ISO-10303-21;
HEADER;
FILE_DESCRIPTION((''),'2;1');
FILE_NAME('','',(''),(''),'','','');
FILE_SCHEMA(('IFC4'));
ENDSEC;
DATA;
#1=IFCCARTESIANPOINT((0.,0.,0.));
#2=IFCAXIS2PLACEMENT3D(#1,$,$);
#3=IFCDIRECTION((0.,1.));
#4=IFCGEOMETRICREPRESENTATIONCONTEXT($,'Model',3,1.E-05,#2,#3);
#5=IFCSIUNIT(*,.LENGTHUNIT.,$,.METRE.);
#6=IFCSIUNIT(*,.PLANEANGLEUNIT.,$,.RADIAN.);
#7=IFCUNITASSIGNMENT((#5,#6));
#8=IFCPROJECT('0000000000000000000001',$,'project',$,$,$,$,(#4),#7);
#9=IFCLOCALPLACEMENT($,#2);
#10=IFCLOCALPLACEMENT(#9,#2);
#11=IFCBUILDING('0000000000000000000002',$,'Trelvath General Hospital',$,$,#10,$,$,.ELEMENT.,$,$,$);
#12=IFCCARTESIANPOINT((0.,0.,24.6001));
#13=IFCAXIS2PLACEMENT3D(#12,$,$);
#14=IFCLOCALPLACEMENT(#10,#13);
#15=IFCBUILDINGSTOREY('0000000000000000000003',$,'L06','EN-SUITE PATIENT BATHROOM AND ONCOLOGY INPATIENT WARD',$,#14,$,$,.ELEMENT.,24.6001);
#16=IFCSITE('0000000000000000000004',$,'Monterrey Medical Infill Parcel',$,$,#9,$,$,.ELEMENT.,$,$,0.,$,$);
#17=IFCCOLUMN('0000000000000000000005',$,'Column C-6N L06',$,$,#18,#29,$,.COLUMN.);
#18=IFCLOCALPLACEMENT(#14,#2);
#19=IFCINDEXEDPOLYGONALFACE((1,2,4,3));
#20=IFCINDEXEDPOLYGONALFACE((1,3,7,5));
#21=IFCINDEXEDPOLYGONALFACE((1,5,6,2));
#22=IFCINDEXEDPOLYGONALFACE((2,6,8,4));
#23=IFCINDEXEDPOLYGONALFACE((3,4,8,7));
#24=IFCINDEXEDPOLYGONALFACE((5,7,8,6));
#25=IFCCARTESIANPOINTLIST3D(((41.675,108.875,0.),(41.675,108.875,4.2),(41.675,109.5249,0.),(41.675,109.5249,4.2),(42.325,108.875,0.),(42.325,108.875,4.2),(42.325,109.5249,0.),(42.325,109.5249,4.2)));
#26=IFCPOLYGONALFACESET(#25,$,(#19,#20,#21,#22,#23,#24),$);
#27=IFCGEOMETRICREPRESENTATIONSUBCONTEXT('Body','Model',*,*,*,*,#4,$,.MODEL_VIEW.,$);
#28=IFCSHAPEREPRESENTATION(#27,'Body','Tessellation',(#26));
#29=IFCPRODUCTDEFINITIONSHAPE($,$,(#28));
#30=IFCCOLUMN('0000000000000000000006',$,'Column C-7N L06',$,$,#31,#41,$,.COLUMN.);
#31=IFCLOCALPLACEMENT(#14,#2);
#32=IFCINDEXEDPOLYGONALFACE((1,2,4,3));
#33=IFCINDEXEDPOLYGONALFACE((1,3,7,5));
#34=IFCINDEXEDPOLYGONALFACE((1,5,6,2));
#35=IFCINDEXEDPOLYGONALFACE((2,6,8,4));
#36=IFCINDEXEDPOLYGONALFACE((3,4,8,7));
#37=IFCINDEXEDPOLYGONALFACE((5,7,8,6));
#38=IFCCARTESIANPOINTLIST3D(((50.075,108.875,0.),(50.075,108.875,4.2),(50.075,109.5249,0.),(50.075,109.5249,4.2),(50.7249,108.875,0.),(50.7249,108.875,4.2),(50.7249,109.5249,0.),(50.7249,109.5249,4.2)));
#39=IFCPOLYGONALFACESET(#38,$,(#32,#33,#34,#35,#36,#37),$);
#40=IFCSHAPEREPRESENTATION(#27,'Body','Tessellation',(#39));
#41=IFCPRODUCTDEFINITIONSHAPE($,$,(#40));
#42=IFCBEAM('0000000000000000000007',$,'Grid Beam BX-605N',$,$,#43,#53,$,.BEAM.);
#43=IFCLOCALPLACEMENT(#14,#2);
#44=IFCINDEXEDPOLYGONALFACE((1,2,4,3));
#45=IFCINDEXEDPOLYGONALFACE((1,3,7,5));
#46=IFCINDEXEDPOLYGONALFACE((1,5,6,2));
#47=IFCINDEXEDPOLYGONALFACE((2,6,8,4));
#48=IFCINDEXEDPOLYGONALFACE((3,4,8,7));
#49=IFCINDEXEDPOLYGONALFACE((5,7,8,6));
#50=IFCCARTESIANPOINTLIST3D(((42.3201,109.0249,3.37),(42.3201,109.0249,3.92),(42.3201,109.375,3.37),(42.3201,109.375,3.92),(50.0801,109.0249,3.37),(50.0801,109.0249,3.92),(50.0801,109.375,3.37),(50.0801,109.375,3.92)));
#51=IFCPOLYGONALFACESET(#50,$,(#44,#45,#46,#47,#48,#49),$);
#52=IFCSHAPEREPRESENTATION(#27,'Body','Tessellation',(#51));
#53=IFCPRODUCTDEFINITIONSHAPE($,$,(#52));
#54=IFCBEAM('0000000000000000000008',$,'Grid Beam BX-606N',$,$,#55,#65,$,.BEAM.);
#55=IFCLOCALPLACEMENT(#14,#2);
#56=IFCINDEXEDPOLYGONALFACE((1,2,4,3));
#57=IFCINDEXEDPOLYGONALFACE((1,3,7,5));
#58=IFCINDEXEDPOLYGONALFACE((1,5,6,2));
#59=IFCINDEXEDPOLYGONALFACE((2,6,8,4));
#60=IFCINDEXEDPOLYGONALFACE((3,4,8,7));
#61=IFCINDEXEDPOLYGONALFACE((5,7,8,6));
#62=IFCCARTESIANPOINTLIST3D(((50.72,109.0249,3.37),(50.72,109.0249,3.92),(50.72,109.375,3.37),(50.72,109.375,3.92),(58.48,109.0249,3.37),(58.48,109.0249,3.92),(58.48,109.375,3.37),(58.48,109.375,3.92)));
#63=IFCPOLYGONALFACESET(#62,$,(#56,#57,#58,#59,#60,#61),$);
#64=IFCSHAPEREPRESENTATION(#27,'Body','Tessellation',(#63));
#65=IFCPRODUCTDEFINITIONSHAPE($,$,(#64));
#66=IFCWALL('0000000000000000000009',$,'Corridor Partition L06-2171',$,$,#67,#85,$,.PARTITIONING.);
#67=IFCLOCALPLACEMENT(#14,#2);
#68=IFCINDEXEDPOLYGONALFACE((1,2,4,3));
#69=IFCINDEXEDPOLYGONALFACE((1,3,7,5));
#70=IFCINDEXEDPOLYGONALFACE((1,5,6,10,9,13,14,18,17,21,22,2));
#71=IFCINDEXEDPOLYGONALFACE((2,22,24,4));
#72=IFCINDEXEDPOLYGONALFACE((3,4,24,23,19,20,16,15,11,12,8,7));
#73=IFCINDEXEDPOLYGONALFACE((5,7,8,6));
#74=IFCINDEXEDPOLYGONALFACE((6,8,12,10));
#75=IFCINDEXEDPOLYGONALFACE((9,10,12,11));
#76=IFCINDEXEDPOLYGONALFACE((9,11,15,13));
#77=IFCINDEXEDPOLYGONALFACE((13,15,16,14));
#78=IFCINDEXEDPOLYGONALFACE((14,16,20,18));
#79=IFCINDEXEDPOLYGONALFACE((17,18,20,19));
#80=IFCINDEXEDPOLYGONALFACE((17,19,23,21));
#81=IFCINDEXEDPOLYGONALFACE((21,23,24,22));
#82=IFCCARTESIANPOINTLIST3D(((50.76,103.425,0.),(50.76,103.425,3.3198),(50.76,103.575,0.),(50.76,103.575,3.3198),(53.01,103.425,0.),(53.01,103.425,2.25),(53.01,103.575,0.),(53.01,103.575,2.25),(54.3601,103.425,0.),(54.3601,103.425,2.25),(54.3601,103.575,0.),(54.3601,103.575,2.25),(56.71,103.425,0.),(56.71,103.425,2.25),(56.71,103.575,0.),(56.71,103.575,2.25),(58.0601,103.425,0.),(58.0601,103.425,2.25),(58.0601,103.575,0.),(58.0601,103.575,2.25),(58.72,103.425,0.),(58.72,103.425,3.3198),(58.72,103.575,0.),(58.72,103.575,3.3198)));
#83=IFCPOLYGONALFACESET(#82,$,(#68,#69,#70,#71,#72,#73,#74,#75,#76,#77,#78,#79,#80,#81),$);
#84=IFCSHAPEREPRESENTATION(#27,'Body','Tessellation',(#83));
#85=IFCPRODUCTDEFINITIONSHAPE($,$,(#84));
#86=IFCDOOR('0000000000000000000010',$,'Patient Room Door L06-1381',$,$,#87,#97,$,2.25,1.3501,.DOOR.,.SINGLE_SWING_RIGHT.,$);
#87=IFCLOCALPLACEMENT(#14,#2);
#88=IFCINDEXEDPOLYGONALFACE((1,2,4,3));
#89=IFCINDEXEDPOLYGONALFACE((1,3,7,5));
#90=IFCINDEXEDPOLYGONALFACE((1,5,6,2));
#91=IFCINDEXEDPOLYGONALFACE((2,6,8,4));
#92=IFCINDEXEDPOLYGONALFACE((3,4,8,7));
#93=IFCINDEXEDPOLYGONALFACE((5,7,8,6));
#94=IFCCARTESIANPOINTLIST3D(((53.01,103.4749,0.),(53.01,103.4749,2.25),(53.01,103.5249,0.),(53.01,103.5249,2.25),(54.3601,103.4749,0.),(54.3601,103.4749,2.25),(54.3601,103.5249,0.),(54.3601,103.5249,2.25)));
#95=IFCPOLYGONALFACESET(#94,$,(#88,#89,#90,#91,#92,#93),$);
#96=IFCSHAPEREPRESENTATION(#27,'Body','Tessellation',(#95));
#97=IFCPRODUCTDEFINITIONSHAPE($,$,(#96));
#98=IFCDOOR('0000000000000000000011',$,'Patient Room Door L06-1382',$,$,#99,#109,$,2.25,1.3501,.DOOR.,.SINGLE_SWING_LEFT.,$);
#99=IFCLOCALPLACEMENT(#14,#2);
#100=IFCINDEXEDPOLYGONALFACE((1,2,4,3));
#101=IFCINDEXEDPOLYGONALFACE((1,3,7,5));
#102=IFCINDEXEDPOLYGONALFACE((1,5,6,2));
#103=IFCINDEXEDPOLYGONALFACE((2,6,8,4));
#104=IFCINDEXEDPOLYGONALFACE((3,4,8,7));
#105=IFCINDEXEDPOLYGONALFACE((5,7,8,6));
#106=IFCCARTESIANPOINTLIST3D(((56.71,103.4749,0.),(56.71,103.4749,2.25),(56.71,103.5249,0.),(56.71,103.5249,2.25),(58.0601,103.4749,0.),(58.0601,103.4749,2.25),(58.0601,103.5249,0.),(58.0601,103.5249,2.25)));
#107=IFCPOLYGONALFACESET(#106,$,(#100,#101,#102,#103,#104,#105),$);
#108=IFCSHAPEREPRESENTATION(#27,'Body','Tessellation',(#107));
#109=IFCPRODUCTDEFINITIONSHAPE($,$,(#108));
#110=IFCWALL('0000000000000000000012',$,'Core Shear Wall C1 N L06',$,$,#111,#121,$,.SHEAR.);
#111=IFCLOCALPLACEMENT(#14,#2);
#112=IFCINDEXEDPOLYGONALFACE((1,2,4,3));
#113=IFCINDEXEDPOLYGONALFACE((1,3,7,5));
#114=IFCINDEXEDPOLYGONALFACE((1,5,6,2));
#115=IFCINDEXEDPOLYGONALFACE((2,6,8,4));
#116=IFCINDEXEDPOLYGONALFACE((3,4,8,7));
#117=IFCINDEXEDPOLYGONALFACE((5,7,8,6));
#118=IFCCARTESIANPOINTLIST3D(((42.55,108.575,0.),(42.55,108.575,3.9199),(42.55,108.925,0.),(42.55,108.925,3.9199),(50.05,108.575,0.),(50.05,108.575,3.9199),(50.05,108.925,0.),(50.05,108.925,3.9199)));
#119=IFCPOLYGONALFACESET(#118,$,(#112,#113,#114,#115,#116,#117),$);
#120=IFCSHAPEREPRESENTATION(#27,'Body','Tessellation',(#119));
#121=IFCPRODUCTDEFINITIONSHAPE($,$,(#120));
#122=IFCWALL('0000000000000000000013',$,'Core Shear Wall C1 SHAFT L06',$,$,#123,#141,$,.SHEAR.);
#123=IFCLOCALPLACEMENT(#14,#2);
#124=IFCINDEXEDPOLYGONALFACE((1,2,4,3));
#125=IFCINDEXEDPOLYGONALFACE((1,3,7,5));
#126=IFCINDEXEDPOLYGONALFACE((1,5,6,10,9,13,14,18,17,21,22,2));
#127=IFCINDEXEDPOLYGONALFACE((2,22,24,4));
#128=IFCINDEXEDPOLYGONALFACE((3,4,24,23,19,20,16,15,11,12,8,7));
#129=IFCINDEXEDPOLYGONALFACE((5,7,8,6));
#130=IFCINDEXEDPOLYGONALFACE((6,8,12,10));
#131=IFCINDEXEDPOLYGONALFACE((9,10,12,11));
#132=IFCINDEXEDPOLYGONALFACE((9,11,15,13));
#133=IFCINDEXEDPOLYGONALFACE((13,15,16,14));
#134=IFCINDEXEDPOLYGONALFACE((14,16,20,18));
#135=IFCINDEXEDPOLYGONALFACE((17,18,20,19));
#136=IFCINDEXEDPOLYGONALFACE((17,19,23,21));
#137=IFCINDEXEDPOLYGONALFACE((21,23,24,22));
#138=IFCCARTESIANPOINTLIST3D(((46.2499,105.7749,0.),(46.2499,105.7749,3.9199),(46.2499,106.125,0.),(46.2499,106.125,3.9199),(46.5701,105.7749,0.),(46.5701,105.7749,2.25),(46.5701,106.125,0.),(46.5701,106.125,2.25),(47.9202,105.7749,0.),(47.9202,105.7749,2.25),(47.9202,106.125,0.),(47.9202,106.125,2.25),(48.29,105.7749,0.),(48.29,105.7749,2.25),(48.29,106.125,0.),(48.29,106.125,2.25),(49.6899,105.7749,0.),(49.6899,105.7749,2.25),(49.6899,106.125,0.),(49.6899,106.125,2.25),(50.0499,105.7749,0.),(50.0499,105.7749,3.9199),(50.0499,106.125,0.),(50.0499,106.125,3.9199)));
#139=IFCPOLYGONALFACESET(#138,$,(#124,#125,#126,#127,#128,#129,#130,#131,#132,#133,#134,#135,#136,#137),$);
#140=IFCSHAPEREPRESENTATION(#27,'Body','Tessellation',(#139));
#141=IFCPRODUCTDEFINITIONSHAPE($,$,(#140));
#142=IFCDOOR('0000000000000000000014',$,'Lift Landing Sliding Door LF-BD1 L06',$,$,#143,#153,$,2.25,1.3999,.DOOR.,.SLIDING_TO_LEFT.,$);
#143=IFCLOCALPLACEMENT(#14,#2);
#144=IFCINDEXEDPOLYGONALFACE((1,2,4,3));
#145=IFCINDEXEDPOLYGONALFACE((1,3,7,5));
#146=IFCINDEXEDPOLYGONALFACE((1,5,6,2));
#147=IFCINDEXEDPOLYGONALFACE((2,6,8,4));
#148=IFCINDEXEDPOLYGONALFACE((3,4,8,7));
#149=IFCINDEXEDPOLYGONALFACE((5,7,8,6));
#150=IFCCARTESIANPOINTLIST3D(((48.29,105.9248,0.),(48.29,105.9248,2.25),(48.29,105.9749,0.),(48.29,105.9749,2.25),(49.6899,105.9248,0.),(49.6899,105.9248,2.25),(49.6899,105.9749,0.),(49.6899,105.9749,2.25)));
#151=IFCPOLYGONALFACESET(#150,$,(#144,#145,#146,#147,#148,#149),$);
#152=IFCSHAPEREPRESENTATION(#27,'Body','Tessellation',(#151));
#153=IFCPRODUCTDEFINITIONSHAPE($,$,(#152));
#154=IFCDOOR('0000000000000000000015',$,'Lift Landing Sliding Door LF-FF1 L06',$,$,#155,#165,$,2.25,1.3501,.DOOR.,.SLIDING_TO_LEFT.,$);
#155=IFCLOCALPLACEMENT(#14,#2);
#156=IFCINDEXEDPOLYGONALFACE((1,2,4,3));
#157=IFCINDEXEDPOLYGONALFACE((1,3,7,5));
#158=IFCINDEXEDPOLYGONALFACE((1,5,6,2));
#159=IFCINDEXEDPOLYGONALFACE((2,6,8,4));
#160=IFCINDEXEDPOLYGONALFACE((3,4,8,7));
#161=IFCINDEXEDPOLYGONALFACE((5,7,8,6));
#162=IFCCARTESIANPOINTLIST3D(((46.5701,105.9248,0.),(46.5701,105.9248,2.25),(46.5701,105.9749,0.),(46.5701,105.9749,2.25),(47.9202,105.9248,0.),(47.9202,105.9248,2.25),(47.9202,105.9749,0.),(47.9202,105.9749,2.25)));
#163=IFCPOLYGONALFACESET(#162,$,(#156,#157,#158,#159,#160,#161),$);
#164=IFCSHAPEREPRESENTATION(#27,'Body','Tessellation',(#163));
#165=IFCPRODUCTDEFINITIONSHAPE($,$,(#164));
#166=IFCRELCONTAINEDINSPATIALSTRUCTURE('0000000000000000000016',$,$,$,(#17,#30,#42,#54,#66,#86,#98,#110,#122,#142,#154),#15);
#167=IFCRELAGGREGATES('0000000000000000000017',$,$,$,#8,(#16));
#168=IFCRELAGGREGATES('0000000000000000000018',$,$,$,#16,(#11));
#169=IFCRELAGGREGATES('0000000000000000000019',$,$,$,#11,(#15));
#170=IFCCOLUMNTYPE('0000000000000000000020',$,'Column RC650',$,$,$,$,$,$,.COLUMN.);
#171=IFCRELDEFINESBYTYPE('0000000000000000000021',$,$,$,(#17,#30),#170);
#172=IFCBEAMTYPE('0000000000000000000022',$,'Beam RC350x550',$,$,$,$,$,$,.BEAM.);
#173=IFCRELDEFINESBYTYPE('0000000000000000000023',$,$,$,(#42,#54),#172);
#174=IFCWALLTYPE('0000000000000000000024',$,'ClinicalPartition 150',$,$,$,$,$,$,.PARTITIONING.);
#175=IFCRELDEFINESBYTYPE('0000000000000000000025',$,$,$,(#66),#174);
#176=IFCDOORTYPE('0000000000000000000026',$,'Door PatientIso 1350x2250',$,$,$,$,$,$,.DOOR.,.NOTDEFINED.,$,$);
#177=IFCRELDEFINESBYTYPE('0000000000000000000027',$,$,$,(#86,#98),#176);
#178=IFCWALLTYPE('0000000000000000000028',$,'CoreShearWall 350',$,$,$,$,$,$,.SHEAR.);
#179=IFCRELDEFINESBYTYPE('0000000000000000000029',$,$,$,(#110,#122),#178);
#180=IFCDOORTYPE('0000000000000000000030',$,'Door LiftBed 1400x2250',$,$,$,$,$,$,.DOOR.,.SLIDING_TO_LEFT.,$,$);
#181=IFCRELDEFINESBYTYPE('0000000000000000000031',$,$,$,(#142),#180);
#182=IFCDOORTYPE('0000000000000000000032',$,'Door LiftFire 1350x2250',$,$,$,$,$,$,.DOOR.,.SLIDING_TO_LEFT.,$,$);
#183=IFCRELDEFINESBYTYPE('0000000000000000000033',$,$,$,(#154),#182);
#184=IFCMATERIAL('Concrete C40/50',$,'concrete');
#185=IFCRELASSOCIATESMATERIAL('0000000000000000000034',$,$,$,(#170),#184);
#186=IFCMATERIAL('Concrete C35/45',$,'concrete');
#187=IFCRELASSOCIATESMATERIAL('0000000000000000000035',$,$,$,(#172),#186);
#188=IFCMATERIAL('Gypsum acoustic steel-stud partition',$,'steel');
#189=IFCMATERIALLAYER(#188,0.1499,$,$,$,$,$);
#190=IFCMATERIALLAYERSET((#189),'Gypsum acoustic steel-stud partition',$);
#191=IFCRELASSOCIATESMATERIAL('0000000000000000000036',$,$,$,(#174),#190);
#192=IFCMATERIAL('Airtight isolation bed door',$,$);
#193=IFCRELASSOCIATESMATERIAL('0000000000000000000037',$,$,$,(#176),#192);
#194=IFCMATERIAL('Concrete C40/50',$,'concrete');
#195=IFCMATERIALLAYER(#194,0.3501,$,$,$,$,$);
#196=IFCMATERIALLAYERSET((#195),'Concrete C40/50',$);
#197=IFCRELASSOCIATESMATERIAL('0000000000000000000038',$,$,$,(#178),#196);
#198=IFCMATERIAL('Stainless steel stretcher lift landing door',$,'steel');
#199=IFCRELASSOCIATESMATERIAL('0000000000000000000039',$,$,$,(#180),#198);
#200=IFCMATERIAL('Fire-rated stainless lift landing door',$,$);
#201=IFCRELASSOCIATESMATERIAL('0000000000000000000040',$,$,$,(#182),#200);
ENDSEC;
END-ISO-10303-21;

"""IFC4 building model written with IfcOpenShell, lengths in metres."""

from ifc_helpers import new_model, si_unit, direction, frame, frame_2d, origin, origin_2d, place, context, subcontext, project, spatial, rectangle, extrude, material, layer, layer_set, material_profile, profile_set, type_object, element, fill, save


model = new_model("IFC4")

# Units and contexts
model_context = context("Model", 3, precision=1e-05, world=origin(), true_north=direction((0.0, 1.0)))
body_context = subcontext(model_context, "Body", "Model", "MODEL_VIEW")
ifc_project = project(units=[si_unit("LENGTHUNIT", "METRE"), si_unit("PLANEANGLEUNIT", "RADIAN")], contexts=[model_context])

# Site, building, storey
site_placement = place(None, origin())
site = spatial("IfcSite", under=ifc_project, at=site_placement, Name="Monterrey Medical Infill Parcel", CompositionType="ELEMENT", RefElevation=0.0)
building_placement = place(site_placement, origin())
building = spatial("IfcBuilding", under=site, at=building_placement, Name="Trelvath General Hospital", CompositionType="ELEMENT")
storey_placement = place(building_placement, frame((0.0, 0.0, 24.6001)))
storey = spatial("IfcBuildingStorey", under=building, at=storey_placement, Name="L06", Description="EN-SUITE PATIENT BATHROOM AND ONCOLOGY INPATIENT WARD", CompositionType="ELEMENT", Elevation=24.6001)

# Columns
ifc_material_1 = material(Name="Concrete C40/50", Category="concrete")
ifc_material_profile_1 = material_profile(ifc_material_1, rectangle(XDim=0.6499, YDim=0.6499, at=origin_2d()), Name="RC650x650")
ifc_profile_set_1 = profile_set([ifc_material_profile_1], Name="Concrete C40/50")
column_type = type_object("IfcColumnType", Name="Column RC650", PredefinedType="COLUMN", material=ifc_profile_set_1)
for number, where, z_axis, x_axis, name in (
    (1, (42.0, 109.2, 0.0), (0.0, 0.0, 1.0), (1.0, 0.0, 0.0), "Column C-6N L06"),
    (2, (50.3999, 109.2, 0.0), (0.0, 0.0, 1.0), (1.0, 0.0, 0.0), "Column C-7N L06"),
):
    element("IfcColumn", number, at=place(storey_placement, frame(where, z_axis=z_axis, x_axis=x_axis)), inside=storey, type_object=column_type, Name=name, PredefinedType="COLUMN", context=body_context, shape_type="SweptSolid", body=[
        extrude(rectangle(XDim=0.6499, YDim=0.6499, at=origin_2d()), origin(), (0.0, 0.0, 1.0), 4.2),
    ])

# Beams
ifc_material_2 = material(Name="Concrete C35/45", Category="concrete")
ifc_material_profile_2 = material_profile(ifc_material_2, rectangle(XDim=0.3501, YDim=0.55, at=origin_2d()), Name="RCB350x550")
ifc_profile_set_2 = profile_set([ifc_material_profile_2], Name="Concrete C35/45")
beam_type = type_object("IfcBeamType", Name="Beam RC350x550", PredefinedType="BEAM", material=ifc_profile_set_2)
for number, where, z_axis, x_axis, name in (
    (3, (42.3201, 109.2, 3.645), (1.0, 0.0, 0.0), (0.0, 1.0, 0.0), "Grid Beam BX-605N"),
    (4, (50.72, 109.2, 3.645), (1.0, 0.0, 0.0), (0.0, 1.0, 0.0), "Grid Beam BX-606N"),
):
    element("IfcBeam", number, at=place(storey_placement, frame(where, z_axis=z_axis, x_axis=x_axis)), inside=storey, type_object=beam_type, Name=name, PredefinedType="BEAM", context=body_context, shape_type="SweptSolid", body=[
        extrude(rectangle(XDim=0.3501, YDim=0.55, at=origin_2d()), origin(), (0.0, 0.0, 1.0), 7.76),
    ])

# Wall, openings, doors
ifc_material_3 = material(Name="Gypsum acoustic steel-stud partition", Category="steel")
ifc_layer_1 = layer(ifc_material_3, 0.1499)
ifc_layer_set_1 = layer_set([ifc_layer_1], Name="Gypsum acoustic steel-stud partition")
wall_type_1 = type_object("IfcWallType", Name="ClinicalPartition 150", PredefinedType="PARTITIONING", material=ifc_layer_set_1)
wall_1_placement = place(storey_placement, frame((50.76, 103.5, 0.0), z_axis=(0.0, 0.0, 1.0), x_axis=(1.0, 0.0, 0.0)))
wall_1 = element("IfcWall", 5, at=wall_1_placement, inside=storey, type_object=wall_type_1, Name="Corridor Partition L06-2171", PredefinedType="PARTITIONING", context=body_context, shape_type="SweptSolid", body=[
    extrude(rectangle(XDim=7.96, YDim=0.1499, at=frame_2d((3.98, 0.0))), origin(), (0.0, 0.0, 1.0), 3.3198),
])
opening_1_placement = place(wall_1_placement, frame((2.25, 0.0, 0.0)))
opening_1 = element("IfcOpeningElement", 6, at=opening_1_placement, cuts=wall_1, PredefinedType="OPENING", context=body_context, shape_type="SweptSolid", body=[
    extrude(rectangle(XDim=1.3501, YDim=2.25, at=frame_2d((0.675, 1.125))), frame((0.0, 0.085, 0.0), z_axis=(0.0, -1.0, 0.0), x_axis=(1.0, 0.0, 0.0)), (0.0, 0.0, 1.0), 0.1699),
])
opening_2_placement = place(wall_1_placement, frame((5.95, 0.0, 0.0)))
opening_2 = element("IfcOpeningElement", 7, at=opening_2_placement, cuts=wall_1, PredefinedType="OPENING", context=body_context, shape_type="SweptSolid", body=[
    extrude(rectangle(XDim=1.3501, YDim=2.25, at=frame_2d((0.675, 1.125))), frame((0.0, 0.085, 0.0), z_axis=(0.0, -1.0, 0.0), x_axis=(1.0, 0.0, 0.0)), (0.0, 0.0, 1.0), 0.1699),
])
ifc_material_4 = material(Name="Airtight isolation bed door")
door_type_1 = type_object("IfcDoorType", Name="Door PatientIso 1350x2250", OperationType="NOTDEFINED", PredefinedType="DOOR", material=ifc_material_4)
door_1_placement = place(opening_1_placement, origin())
door_1 = element("IfcDoor", 8, at=door_1_placement, inside=storey, type_object=door_type_1, Name="Patient Room Door L06-1381", OperationType="SINGLE_SWING_RIGHT", OverallHeight=2.25, OverallWidth=1.3501, PredefinedType="DOOR", context=body_context, shape_type="SweptSolid", body=[
    extrude(rectangle(XDim=1.3501, YDim=2.25, at=frame_2d((0.675, 1.125))), frame((0.0, 0.0249, 0.0), z_axis=(0.0, -1.0, 0.0), x_axis=(1.0, 0.0, 0.0)), (0.0, 0.0, 1.0), 0.05),
])
fill(opening_1, door_1)
door_2_placement = place(opening_2_placement, origin())
door_2 = element("IfcDoor", 9, at=door_2_placement, inside=storey, type_object=door_type_1, Name="Patient Room Door L06-1382", OperationType="SINGLE_SWING_LEFT", OverallHeight=2.25, OverallWidth=1.3501, PredefinedType="DOOR", context=body_context, shape_type="SweptSolid", body=[
    extrude(rectangle(XDim=1.3501, YDim=2.25, at=frame_2d((0.675, 1.125))), frame((0.0, 0.0249, 0.0), z_axis=(0.0, -1.0, 0.0), x_axis=(1.0, 0.0, 0.0)), (0.0, 0.0, 1.0), 0.05),
])
fill(opening_2, door_2)

# Wall
ifc_material_5 = material(Name="Concrete C40/50", Category="concrete")
ifc_layer_2 = layer(ifc_material_5, 0.3501)
ifc_layer_set_2 = layer_set([ifc_layer_2], Name="Concrete C40/50")
wall_type_2 = type_object("IfcWallType", Name="CoreShearWall 350", PredefinedType="SHEAR", material=ifc_layer_set_2)
wall_2_placement = place(storey_placement, frame((42.55, 108.75, 0.0), z_axis=(0.0, 0.0, 1.0), x_axis=(1.0, 0.0, 0.0)))
element("IfcWall", 10, at=wall_2_placement, inside=storey, type_object=wall_type_2, Name="Core Shear Wall C1 N L06", PredefinedType="SHEAR", context=body_context, shape_type="SweptSolid", body=[
    extrude(rectangle(XDim=7.5, YDim=0.3501, at=frame_2d((3.75, 0.0))), origin(), (0.0, 0.0, 1.0), 3.9199),
])

# Wall, openings, doors
wall_3_placement = place(storey_placement, frame((46.25, 105.95, 0.0), z_axis=(0.0, 0.0, 1.0), x_axis=(1.0, 0.0, 0.0)))
wall_3 = element("IfcWall", 11, at=wall_3_placement, inside=storey, type_object=wall_type_2, Name="Core Shear Wall C1 SHAFT L06", PredefinedType="SHEAR", context=body_context, shape_type="SweptSolid", body=[
    extrude(rectangle(XDim=3.8, YDim=0.3501, at=frame_2d((1.8999, 0.0))), origin(), (0.0, 0.0, 1.0), 3.9199),
])
opening_3_placement = place(wall_3_placement, frame((0.3201, 0.0, 0.0)))
opening_3 = element("IfcOpeningElement", 12, at=opening_3_placement, cuts=wall_3, PredefinedType="OPENING", context=body_context, shape_type="SweptSolid", body=[
    extrude(rectangle(XDim=1.3501, YDim=2.25, at=frame_2d((0.675, 1.125))), frame((0.0, 0.1851, 0.0), z_axis=(0.0, -1.0, 0.0), x_axis=(1.0, 0.0, 0.0)), (0.0, 0.0, 1.0), 0.3701),
])
opening_4_placement = place(wall_3_placement, frame((2.04, 0.0, 0.0)))
opening_4 = element("IfcOpeningElement", 13, at=opening_4_placement, cuts=wall_3, PredefinedType="OPENING", context=body_context, shape_type="SweptSolid", body=[
    extrude(rectangle(XDim=1.3999, YDim=2.25, at=frame_2d((0.7, 1.125))), frame((0.0, 0.1851, 0.0), z_axis=(0.0, -1.0, 0.0), x_axis=(1.0, 0.0, 0.0)), (0.0, 0.0, 1.0), 0.3701),
])
ifc_material_6 = material(Name="Stainless steel stretcher lift landing door", Category="steel")
door_type_2 = type_object("IfcDoorType", Name="Door LiftBed 1400x2250", OperationType="SLIDING_TO_LEFT", PredefinedType="DOOR", material=ifc_material_6)
door_3_placement = place(opening_4_placement, origin())
door_3 = element("IfcDoor", 14, at=door_3_placement, inside=storey, type_object=door_type_2, Name="Lift Landing Sliding Door LF-BD1 L06", OperationType="SLIDING_TO_LEFT", OverallHeight=2.25, OverallWidth=1.3999, PredefinedType="DOOR", context=body_context, shape_type="SweptSolid", body=[
    extrude(rectangle(XDim=1.3999, YDim=2.25, at=frame_2d((0.7, 1.125))), frame((0.0, 0.0249, 0.0), z_axis=(0.0, -1.0, 0.0), x_axis=(1.0, 0.0, 0.0)), (0.0, 0.0, 1.0), 0.05),
])
fill(opening_4, door_3)
ifc_material_7 = material(Name="Fire-rated stainless lift landing door")
door_type_3 = type_object("IfcDoorType", Name="Door LiftFire 1350x2250", OperationType="SLIDING_TO_LEFT", PredefinedType="DOOR", material=ifc_material_7)
door_4_placement = place(opening_3_placement, origin())
door_4 = element("IfcDoor", 15, at=door_4_placement, inside=storey, type_object=door_type_3, Name="Lift Landing Sliding Door LF-FF1 L06", OperationType="SLIDING_TO_LEFT", OverallHeight=2.25, OverallWidth=1.3501, PredefinedType="DOOR", context=body_context, shape_type="SweptSolid", body=[
    extrude(rectangle(XDim=1.3501, YDim=2.25, at=frame_2d((0.675, 1.125))), frame((0.0, 0.0249, 0.0), z_axis=(0.0, -1.0, 0.0), x_axis=(1.0, 0.0, 0.0)), (0.0, 0.0, 1.0), 0.05),
])
fill(opening_3, door_4)

save(model, "model.ifc")
